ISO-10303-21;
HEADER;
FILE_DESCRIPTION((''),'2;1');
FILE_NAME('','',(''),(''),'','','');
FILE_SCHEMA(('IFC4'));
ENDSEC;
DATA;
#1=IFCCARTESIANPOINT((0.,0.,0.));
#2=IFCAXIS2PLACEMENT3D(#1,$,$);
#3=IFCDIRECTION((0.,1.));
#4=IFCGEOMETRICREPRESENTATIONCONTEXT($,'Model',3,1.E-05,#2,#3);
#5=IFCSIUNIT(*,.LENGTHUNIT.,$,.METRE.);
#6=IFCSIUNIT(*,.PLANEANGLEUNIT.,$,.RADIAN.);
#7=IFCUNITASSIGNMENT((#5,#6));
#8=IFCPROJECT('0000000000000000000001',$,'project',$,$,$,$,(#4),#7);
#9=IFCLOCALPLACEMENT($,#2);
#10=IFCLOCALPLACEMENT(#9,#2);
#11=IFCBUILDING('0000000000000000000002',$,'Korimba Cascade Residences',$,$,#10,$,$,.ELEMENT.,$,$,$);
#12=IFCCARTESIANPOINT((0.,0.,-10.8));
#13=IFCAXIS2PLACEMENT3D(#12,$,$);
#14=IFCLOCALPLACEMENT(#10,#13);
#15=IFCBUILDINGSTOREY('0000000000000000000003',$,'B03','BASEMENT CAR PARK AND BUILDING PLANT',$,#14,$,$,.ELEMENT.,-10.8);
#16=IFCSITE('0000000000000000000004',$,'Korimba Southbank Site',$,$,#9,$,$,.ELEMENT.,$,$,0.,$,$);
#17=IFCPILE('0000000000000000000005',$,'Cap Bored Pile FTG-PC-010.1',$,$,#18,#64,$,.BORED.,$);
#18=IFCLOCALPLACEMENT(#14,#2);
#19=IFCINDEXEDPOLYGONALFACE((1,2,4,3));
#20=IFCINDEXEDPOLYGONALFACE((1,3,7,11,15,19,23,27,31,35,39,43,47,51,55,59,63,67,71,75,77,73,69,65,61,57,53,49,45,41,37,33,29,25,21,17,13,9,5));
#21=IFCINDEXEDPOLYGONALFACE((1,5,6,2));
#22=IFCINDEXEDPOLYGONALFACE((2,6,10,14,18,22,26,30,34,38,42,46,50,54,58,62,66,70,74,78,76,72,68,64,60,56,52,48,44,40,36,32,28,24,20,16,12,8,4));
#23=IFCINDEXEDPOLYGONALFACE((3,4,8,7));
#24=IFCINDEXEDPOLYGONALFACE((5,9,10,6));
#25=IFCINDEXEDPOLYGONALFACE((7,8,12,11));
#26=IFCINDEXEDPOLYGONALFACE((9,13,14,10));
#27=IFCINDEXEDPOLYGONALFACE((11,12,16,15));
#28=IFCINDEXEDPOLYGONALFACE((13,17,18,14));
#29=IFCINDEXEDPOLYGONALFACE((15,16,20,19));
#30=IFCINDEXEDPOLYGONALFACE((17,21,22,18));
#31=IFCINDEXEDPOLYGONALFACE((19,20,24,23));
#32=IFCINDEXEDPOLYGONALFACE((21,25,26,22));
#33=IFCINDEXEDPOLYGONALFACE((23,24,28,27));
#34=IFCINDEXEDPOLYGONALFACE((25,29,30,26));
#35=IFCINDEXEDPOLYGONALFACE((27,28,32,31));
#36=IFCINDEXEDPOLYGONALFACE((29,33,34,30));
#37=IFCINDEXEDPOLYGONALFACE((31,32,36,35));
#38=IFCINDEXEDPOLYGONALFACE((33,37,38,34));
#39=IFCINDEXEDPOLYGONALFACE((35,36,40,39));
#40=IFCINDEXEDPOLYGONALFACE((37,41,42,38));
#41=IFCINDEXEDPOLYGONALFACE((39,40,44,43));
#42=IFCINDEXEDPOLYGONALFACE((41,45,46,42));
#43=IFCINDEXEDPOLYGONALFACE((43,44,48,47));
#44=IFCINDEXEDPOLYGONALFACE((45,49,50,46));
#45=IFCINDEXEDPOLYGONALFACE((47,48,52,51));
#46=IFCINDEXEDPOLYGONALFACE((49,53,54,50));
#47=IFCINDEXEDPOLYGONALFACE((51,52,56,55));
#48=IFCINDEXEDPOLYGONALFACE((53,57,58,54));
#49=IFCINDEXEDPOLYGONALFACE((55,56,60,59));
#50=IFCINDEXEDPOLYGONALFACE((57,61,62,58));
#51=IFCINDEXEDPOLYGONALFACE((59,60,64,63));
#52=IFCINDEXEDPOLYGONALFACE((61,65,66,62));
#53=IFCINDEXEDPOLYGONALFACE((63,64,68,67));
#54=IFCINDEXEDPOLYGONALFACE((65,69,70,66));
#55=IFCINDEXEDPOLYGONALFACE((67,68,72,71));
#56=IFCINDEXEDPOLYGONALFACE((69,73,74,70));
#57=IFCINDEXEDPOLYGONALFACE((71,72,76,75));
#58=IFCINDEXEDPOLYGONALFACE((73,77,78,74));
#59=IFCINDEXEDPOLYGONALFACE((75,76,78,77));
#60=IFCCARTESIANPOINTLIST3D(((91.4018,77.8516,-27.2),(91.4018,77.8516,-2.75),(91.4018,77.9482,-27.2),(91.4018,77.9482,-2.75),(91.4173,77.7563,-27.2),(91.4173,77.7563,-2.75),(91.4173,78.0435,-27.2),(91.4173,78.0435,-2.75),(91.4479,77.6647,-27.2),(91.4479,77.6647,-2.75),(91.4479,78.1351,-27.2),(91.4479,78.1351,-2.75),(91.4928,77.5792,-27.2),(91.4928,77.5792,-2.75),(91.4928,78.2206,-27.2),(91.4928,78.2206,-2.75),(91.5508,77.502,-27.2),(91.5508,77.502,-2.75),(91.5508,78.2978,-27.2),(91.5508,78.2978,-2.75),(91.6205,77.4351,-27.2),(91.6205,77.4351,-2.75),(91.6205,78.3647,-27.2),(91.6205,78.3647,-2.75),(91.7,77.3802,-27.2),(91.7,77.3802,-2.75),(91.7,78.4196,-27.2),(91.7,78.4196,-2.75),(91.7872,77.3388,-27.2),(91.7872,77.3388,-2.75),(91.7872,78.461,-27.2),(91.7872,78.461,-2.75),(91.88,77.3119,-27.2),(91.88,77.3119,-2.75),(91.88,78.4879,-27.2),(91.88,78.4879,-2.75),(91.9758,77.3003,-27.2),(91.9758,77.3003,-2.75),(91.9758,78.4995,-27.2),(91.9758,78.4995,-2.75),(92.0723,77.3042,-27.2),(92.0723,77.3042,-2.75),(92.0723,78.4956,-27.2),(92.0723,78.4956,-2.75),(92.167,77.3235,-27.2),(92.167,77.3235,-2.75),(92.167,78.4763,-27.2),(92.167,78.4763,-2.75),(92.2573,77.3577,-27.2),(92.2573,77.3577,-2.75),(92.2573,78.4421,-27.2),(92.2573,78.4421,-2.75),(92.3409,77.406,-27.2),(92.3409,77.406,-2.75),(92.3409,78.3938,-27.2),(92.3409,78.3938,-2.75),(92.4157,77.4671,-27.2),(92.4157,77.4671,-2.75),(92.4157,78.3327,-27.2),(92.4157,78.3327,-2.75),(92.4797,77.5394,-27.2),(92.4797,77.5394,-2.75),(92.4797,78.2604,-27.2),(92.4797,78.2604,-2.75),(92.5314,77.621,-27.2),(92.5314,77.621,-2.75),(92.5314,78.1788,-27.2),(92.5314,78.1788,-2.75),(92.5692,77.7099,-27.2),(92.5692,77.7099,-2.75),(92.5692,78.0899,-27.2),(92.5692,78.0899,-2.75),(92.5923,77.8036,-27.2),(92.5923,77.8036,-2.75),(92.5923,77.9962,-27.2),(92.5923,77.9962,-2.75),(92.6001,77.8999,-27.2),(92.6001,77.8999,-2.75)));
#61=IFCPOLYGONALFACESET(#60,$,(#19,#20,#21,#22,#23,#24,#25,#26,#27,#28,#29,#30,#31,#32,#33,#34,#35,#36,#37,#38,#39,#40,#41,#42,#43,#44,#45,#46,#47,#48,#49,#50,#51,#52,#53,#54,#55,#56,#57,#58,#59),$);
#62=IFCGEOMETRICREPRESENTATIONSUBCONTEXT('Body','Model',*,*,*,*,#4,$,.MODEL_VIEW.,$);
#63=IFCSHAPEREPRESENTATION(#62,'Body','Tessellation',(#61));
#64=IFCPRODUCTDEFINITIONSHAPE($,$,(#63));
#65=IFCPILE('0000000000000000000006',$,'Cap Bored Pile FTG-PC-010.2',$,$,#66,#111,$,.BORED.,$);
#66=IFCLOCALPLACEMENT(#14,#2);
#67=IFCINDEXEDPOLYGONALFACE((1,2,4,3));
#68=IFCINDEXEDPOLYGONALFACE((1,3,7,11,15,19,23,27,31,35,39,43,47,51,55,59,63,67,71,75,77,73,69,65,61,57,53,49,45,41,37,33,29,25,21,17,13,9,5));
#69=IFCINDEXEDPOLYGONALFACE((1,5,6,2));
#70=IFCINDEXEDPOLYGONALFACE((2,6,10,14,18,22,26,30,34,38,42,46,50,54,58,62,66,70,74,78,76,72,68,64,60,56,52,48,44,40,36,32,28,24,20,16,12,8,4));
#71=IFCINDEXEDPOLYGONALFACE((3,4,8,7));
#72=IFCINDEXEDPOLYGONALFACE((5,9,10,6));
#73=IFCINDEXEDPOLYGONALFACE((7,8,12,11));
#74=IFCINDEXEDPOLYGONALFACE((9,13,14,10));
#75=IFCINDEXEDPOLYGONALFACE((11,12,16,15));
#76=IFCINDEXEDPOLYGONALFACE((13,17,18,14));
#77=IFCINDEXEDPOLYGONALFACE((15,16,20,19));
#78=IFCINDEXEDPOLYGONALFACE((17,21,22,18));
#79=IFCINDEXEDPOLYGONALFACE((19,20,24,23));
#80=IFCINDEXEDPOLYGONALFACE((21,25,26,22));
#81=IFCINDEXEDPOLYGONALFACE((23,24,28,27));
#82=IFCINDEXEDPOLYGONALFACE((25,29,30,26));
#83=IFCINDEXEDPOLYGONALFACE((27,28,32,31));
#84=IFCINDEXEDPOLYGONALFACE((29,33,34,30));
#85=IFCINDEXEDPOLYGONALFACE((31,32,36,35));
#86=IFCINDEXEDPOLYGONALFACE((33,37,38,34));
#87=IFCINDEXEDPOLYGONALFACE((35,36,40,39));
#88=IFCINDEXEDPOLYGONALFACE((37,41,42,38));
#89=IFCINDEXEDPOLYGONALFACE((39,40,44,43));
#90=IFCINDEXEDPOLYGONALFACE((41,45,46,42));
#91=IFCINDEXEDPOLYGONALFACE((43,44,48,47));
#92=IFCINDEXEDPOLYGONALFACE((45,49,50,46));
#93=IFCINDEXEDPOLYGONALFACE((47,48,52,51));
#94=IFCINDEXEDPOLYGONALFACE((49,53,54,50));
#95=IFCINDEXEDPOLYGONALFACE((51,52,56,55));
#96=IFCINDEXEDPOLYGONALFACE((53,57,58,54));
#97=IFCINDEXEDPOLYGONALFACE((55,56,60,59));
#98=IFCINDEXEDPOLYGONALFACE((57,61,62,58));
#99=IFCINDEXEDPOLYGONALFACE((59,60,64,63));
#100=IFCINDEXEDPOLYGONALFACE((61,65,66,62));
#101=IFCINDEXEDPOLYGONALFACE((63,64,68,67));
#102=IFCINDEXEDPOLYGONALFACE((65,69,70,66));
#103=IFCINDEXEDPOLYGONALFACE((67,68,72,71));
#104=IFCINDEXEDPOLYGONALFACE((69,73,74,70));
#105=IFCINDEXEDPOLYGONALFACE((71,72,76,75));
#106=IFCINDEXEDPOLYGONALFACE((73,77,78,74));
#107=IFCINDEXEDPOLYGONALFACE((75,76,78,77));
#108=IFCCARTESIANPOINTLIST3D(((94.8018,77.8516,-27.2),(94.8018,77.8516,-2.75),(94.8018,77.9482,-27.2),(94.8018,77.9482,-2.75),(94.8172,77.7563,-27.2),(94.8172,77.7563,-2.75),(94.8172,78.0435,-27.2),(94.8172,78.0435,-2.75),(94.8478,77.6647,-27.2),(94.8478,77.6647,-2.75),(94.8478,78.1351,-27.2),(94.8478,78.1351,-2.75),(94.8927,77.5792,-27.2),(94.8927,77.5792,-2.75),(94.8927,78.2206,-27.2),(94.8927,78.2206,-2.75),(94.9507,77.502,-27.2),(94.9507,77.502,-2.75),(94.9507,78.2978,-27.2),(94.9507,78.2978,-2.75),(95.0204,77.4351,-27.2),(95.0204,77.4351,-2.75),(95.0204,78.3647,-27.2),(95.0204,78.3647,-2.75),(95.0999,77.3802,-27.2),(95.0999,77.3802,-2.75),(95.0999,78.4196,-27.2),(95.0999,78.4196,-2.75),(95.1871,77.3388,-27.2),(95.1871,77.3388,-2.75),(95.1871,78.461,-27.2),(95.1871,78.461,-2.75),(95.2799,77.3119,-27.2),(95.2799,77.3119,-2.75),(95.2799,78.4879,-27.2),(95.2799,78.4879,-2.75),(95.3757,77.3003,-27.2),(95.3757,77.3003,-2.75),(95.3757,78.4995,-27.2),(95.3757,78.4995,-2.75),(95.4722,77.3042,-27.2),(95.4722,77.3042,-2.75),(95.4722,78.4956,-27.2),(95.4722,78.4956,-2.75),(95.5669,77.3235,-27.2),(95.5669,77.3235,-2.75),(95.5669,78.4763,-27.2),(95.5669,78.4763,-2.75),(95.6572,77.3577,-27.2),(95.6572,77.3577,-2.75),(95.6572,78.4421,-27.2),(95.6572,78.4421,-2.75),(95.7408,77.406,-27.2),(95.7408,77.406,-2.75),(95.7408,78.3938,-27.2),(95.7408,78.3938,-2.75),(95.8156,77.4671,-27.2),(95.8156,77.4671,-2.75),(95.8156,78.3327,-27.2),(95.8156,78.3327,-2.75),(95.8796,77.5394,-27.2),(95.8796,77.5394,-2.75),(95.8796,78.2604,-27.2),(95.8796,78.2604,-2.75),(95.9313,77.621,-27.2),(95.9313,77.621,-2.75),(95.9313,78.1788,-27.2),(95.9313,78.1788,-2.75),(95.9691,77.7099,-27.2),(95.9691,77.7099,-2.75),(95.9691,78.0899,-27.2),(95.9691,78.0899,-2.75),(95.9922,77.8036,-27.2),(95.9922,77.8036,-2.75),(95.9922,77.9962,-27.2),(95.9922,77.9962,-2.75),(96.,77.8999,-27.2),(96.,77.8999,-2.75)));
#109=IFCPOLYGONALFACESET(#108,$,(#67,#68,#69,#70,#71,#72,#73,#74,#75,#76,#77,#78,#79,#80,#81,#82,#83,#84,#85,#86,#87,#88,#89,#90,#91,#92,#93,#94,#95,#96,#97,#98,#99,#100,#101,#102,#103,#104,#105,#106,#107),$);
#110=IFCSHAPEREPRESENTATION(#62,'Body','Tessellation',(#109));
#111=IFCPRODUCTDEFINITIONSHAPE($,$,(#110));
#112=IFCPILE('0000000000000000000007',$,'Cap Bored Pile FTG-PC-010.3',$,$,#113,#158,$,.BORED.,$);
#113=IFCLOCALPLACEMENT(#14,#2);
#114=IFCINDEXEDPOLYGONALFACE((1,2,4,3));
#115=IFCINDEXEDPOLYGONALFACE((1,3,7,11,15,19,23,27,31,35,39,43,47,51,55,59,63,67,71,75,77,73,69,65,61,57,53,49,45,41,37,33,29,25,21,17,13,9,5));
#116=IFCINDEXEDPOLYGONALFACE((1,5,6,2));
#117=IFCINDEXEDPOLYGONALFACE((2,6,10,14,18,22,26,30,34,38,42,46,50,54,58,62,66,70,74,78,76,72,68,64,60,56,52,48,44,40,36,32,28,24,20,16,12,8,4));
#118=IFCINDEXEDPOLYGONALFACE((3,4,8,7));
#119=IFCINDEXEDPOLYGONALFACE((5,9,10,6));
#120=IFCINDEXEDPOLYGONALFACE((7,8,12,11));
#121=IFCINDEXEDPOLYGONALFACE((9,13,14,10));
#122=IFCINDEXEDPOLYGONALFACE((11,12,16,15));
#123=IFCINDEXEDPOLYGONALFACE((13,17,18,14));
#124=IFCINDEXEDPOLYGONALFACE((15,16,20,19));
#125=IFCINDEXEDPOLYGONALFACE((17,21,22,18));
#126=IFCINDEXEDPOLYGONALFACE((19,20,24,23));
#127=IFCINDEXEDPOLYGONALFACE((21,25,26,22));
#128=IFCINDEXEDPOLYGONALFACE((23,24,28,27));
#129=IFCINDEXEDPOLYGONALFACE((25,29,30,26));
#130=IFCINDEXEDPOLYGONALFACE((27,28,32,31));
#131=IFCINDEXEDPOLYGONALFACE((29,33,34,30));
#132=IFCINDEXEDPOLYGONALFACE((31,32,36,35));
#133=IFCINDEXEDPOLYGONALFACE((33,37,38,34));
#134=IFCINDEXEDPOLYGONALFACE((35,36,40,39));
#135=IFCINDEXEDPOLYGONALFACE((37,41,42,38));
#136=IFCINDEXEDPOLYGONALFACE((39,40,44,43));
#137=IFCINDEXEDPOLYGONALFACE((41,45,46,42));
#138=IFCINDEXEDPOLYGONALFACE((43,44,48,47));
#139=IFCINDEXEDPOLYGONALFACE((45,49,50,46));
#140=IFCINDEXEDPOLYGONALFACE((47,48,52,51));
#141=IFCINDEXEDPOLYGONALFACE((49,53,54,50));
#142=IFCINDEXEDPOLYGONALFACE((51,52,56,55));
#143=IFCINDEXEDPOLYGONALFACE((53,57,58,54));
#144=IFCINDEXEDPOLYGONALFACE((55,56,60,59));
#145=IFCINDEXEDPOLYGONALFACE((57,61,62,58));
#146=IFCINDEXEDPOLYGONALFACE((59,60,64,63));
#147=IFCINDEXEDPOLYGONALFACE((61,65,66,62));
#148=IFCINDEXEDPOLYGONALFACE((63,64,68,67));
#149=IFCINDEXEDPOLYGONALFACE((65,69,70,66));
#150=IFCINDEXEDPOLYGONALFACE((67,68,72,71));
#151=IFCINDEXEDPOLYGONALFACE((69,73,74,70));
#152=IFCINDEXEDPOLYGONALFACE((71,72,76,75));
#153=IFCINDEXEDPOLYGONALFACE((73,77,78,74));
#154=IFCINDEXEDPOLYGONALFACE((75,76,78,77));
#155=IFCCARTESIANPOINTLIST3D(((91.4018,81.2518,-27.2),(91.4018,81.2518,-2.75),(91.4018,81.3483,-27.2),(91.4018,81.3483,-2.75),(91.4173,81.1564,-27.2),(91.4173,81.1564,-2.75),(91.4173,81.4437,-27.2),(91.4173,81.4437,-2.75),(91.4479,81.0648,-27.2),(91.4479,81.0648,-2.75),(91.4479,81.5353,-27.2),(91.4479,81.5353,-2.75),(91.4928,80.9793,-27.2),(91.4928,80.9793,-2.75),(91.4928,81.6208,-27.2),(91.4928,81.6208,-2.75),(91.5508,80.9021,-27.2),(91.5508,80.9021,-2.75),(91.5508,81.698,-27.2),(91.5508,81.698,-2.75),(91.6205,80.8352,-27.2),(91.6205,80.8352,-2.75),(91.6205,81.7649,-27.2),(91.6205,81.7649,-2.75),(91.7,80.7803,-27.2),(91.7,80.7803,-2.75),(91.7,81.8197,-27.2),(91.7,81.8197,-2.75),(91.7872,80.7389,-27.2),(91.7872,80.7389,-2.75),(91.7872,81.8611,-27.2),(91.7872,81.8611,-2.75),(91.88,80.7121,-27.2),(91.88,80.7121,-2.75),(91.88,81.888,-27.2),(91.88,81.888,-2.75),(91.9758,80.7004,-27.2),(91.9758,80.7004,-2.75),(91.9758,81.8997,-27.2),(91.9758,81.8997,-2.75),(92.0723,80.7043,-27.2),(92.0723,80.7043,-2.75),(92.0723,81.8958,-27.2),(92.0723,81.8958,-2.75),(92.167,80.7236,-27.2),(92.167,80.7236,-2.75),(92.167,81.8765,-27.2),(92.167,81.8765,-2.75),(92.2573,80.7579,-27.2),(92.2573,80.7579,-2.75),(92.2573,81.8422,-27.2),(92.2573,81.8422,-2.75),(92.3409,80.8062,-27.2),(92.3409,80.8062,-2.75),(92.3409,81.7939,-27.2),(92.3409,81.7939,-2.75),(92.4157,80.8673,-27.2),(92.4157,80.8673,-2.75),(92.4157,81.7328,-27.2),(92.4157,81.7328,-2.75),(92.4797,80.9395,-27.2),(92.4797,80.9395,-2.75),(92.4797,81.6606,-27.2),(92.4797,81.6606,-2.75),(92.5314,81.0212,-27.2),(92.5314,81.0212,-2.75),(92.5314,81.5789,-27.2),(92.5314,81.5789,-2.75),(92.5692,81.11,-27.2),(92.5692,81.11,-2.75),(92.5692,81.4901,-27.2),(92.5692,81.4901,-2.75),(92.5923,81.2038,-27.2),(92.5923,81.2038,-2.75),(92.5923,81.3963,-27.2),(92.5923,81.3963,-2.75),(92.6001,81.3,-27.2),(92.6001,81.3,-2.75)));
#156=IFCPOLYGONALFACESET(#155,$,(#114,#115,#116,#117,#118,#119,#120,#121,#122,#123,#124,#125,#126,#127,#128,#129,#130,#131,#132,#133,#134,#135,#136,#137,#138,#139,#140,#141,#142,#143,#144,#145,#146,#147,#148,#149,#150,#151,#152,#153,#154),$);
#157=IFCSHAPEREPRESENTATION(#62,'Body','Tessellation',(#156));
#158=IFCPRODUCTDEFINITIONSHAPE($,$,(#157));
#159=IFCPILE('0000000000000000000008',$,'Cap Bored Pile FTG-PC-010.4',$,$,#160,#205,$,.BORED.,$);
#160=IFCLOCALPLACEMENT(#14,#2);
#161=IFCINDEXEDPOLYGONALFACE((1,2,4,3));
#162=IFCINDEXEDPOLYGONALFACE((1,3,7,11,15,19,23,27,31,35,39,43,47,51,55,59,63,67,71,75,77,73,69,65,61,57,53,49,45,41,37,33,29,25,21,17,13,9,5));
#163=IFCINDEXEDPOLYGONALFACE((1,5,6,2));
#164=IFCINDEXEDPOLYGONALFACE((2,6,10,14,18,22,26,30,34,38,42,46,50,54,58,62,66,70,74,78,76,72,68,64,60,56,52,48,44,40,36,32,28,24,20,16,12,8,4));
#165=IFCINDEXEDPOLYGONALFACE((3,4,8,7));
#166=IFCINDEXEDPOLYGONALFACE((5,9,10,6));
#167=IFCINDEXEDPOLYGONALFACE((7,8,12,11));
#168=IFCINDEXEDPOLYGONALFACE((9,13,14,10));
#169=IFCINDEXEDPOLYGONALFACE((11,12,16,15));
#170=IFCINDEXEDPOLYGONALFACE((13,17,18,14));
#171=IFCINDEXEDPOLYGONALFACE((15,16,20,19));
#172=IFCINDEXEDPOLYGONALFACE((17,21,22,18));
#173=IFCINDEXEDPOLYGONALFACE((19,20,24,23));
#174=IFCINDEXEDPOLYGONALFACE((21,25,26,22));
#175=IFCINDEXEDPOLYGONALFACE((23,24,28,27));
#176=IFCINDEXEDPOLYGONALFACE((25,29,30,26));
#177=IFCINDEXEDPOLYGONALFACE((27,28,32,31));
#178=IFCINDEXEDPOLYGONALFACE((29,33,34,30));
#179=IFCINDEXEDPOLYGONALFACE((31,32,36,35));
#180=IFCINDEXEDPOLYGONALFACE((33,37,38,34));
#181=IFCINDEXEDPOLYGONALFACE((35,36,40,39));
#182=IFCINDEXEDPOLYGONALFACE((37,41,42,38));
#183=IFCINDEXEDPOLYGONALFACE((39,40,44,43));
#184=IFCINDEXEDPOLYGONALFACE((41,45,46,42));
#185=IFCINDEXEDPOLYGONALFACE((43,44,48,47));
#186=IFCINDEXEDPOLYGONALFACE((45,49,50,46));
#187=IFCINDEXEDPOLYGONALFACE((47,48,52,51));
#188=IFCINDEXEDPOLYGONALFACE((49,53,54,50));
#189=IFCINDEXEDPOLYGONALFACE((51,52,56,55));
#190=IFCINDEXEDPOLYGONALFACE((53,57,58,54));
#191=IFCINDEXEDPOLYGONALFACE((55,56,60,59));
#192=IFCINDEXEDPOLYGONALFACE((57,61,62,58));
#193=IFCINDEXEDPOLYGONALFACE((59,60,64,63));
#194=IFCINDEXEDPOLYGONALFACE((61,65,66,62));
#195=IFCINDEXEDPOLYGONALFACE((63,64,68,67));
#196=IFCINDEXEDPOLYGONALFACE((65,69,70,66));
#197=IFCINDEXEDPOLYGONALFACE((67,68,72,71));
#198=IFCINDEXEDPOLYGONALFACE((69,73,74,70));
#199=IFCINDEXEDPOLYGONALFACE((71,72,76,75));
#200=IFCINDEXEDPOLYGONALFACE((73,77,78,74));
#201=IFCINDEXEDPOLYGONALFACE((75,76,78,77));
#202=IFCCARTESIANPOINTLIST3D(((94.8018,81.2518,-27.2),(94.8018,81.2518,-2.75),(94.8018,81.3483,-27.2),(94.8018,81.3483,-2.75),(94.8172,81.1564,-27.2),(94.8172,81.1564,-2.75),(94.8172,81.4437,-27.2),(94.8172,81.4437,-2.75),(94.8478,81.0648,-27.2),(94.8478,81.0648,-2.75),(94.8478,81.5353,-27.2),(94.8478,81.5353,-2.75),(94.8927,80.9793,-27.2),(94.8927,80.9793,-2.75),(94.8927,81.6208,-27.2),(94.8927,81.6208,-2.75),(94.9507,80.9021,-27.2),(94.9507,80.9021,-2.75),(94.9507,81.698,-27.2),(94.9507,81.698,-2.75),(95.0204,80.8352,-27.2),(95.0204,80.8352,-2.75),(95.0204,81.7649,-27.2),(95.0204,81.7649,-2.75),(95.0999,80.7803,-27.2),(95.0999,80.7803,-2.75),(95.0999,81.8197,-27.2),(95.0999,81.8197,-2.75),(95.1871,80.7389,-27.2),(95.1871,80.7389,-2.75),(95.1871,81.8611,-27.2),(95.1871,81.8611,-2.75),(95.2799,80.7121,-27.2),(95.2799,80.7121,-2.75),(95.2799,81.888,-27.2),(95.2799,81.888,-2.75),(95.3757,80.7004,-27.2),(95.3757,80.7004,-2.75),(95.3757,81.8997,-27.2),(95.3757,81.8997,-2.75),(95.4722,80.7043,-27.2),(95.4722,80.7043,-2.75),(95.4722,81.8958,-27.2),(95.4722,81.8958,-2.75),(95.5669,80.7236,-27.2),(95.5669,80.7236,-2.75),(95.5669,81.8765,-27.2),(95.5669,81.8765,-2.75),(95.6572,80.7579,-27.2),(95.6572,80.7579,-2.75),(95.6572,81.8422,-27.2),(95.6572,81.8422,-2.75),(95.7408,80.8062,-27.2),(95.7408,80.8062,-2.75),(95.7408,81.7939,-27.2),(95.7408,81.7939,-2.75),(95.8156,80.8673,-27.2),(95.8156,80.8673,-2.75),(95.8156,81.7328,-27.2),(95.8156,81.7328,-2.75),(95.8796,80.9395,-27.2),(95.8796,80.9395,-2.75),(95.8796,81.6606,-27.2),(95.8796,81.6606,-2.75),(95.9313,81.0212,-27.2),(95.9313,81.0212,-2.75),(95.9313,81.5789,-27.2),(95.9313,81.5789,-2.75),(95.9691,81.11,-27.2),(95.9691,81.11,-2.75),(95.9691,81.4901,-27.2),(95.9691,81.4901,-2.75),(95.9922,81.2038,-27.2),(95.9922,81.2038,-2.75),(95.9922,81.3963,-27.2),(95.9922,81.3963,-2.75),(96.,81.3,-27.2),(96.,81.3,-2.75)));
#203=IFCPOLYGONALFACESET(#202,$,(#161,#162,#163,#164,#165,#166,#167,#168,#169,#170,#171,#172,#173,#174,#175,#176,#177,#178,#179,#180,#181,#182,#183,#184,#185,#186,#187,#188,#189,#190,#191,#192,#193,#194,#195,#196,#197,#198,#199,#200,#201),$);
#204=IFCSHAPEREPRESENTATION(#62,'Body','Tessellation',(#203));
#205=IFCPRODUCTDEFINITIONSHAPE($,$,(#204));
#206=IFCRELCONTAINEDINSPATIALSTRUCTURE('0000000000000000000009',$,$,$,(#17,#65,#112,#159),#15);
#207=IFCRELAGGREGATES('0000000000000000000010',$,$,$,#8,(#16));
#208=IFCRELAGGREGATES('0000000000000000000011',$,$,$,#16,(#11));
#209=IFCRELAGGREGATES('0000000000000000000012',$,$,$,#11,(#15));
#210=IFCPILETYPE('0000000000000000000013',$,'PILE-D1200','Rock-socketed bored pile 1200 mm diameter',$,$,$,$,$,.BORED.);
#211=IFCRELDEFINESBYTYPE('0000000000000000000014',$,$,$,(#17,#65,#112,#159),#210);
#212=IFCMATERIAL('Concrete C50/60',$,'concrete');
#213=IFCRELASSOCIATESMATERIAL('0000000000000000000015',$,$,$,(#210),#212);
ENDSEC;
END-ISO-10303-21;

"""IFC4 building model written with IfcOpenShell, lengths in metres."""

from ifc_helpers import new_model, si_unit, direction, frame, origin, origin_2d, place, context, subcontext, project, spatial, circle, extrude, material, material_profile, profile_set, type_object, element, save


model = new_model("IFC4")

# Units and contexts
model_context = context("Model", 3, precision=1e-05, world=origin(), true_north=direction((0.0, 1.0)))
body_context = subcontext(model_context, "Body", "Model", "MODEL_VIEW")
ifc_project = project(units=[si_unit("LENGTHUNIT", "METRE"), si_unit("PLANEANGLEUNIT", "RADIAN")], contexts=[model_context])

# Site, building, storey
site_placement = place(None, origin())
site = spatial("IfcSite", under=ifc_project, at=site_placement, Name="Korimba Southbank Site", CompositionType="ELEMENT", RefElevation=0.0)
building_placement = place(site_placement, origin())
building = spatial("IfcBuilding", under=site, at=building_placement, Name="Korimba Cascade Residences", CompositionType="ELEMENT")
storey_placement = place(building_placement, frame((0.0, 0.0, -10.8)))
storey = spatial("IfcBuildingStorey", under=building, at=storey_placement, Name="B03", Description="BASEMENT CAR PARK AND BUILDING PLANT", CompositionType="ELEMENT", Elevation=-10.8)

# Piles
ifc_material_1 = material(Name="Concrete C50/60", Category="concrete")
ifc_material_profile_1 = material_profile(ifc_material_1, circle(Radius=0.6001, at=origin_2d()), Name="Concrete C50/60")
ifc_profile_set_1 = profile_set([ifc_material_profile_1], Name="Concrete C50/60")
pile_type = type_object("IfcPileType", Name="PILE-D1200", Description="Rock-socketed bored pile 1200 mm diameter", PredefinedType="BORED", material=ifc_profile_set_1)
for number, where, z_axis, x_axis, name in (
    (1, (92.0, 77.8999, -2.75), (0.0, 0.0, -1.0), (1.0, 0.0, 0.0), "Cap Bored Pile FTG-PC-010.1"),
    (2, (95.3999, 77.8999, -2.75), (0.0, 0.0, -1.0), (1.0, 0.0, 0.0), "Cap Bored Pile FTG-PC-010.2"),
    (3, (92.0, 81.3, -2.75), (0.0, 0.0, -1.0), (1.0, 0.0, 0.0), "Cap Bored Pile FTG-PC-010.3"),
    (4, (95.3999, 81.3, -2.75), (0.0, 0.0, -1.0), (1.0, 0.0, 0.0), "Cap Bored Pile FTG-PC-010.4"),
):
    element("IfcPile", number, at=place(storey_placement, frame(where, z_axis=z_axis, x_axis=x_axis)), inside=storey, type_object=pile_type, Name=name, PredefinedType="BORED", context=body_context, shape_type="SweptSolid", body=[
        extrude(circle(Radius=0.6001, at=origin_2d()), origin(), (0.0, 0.0, 1.0), 24.45),
    ])

save(model, "model.ifc")
